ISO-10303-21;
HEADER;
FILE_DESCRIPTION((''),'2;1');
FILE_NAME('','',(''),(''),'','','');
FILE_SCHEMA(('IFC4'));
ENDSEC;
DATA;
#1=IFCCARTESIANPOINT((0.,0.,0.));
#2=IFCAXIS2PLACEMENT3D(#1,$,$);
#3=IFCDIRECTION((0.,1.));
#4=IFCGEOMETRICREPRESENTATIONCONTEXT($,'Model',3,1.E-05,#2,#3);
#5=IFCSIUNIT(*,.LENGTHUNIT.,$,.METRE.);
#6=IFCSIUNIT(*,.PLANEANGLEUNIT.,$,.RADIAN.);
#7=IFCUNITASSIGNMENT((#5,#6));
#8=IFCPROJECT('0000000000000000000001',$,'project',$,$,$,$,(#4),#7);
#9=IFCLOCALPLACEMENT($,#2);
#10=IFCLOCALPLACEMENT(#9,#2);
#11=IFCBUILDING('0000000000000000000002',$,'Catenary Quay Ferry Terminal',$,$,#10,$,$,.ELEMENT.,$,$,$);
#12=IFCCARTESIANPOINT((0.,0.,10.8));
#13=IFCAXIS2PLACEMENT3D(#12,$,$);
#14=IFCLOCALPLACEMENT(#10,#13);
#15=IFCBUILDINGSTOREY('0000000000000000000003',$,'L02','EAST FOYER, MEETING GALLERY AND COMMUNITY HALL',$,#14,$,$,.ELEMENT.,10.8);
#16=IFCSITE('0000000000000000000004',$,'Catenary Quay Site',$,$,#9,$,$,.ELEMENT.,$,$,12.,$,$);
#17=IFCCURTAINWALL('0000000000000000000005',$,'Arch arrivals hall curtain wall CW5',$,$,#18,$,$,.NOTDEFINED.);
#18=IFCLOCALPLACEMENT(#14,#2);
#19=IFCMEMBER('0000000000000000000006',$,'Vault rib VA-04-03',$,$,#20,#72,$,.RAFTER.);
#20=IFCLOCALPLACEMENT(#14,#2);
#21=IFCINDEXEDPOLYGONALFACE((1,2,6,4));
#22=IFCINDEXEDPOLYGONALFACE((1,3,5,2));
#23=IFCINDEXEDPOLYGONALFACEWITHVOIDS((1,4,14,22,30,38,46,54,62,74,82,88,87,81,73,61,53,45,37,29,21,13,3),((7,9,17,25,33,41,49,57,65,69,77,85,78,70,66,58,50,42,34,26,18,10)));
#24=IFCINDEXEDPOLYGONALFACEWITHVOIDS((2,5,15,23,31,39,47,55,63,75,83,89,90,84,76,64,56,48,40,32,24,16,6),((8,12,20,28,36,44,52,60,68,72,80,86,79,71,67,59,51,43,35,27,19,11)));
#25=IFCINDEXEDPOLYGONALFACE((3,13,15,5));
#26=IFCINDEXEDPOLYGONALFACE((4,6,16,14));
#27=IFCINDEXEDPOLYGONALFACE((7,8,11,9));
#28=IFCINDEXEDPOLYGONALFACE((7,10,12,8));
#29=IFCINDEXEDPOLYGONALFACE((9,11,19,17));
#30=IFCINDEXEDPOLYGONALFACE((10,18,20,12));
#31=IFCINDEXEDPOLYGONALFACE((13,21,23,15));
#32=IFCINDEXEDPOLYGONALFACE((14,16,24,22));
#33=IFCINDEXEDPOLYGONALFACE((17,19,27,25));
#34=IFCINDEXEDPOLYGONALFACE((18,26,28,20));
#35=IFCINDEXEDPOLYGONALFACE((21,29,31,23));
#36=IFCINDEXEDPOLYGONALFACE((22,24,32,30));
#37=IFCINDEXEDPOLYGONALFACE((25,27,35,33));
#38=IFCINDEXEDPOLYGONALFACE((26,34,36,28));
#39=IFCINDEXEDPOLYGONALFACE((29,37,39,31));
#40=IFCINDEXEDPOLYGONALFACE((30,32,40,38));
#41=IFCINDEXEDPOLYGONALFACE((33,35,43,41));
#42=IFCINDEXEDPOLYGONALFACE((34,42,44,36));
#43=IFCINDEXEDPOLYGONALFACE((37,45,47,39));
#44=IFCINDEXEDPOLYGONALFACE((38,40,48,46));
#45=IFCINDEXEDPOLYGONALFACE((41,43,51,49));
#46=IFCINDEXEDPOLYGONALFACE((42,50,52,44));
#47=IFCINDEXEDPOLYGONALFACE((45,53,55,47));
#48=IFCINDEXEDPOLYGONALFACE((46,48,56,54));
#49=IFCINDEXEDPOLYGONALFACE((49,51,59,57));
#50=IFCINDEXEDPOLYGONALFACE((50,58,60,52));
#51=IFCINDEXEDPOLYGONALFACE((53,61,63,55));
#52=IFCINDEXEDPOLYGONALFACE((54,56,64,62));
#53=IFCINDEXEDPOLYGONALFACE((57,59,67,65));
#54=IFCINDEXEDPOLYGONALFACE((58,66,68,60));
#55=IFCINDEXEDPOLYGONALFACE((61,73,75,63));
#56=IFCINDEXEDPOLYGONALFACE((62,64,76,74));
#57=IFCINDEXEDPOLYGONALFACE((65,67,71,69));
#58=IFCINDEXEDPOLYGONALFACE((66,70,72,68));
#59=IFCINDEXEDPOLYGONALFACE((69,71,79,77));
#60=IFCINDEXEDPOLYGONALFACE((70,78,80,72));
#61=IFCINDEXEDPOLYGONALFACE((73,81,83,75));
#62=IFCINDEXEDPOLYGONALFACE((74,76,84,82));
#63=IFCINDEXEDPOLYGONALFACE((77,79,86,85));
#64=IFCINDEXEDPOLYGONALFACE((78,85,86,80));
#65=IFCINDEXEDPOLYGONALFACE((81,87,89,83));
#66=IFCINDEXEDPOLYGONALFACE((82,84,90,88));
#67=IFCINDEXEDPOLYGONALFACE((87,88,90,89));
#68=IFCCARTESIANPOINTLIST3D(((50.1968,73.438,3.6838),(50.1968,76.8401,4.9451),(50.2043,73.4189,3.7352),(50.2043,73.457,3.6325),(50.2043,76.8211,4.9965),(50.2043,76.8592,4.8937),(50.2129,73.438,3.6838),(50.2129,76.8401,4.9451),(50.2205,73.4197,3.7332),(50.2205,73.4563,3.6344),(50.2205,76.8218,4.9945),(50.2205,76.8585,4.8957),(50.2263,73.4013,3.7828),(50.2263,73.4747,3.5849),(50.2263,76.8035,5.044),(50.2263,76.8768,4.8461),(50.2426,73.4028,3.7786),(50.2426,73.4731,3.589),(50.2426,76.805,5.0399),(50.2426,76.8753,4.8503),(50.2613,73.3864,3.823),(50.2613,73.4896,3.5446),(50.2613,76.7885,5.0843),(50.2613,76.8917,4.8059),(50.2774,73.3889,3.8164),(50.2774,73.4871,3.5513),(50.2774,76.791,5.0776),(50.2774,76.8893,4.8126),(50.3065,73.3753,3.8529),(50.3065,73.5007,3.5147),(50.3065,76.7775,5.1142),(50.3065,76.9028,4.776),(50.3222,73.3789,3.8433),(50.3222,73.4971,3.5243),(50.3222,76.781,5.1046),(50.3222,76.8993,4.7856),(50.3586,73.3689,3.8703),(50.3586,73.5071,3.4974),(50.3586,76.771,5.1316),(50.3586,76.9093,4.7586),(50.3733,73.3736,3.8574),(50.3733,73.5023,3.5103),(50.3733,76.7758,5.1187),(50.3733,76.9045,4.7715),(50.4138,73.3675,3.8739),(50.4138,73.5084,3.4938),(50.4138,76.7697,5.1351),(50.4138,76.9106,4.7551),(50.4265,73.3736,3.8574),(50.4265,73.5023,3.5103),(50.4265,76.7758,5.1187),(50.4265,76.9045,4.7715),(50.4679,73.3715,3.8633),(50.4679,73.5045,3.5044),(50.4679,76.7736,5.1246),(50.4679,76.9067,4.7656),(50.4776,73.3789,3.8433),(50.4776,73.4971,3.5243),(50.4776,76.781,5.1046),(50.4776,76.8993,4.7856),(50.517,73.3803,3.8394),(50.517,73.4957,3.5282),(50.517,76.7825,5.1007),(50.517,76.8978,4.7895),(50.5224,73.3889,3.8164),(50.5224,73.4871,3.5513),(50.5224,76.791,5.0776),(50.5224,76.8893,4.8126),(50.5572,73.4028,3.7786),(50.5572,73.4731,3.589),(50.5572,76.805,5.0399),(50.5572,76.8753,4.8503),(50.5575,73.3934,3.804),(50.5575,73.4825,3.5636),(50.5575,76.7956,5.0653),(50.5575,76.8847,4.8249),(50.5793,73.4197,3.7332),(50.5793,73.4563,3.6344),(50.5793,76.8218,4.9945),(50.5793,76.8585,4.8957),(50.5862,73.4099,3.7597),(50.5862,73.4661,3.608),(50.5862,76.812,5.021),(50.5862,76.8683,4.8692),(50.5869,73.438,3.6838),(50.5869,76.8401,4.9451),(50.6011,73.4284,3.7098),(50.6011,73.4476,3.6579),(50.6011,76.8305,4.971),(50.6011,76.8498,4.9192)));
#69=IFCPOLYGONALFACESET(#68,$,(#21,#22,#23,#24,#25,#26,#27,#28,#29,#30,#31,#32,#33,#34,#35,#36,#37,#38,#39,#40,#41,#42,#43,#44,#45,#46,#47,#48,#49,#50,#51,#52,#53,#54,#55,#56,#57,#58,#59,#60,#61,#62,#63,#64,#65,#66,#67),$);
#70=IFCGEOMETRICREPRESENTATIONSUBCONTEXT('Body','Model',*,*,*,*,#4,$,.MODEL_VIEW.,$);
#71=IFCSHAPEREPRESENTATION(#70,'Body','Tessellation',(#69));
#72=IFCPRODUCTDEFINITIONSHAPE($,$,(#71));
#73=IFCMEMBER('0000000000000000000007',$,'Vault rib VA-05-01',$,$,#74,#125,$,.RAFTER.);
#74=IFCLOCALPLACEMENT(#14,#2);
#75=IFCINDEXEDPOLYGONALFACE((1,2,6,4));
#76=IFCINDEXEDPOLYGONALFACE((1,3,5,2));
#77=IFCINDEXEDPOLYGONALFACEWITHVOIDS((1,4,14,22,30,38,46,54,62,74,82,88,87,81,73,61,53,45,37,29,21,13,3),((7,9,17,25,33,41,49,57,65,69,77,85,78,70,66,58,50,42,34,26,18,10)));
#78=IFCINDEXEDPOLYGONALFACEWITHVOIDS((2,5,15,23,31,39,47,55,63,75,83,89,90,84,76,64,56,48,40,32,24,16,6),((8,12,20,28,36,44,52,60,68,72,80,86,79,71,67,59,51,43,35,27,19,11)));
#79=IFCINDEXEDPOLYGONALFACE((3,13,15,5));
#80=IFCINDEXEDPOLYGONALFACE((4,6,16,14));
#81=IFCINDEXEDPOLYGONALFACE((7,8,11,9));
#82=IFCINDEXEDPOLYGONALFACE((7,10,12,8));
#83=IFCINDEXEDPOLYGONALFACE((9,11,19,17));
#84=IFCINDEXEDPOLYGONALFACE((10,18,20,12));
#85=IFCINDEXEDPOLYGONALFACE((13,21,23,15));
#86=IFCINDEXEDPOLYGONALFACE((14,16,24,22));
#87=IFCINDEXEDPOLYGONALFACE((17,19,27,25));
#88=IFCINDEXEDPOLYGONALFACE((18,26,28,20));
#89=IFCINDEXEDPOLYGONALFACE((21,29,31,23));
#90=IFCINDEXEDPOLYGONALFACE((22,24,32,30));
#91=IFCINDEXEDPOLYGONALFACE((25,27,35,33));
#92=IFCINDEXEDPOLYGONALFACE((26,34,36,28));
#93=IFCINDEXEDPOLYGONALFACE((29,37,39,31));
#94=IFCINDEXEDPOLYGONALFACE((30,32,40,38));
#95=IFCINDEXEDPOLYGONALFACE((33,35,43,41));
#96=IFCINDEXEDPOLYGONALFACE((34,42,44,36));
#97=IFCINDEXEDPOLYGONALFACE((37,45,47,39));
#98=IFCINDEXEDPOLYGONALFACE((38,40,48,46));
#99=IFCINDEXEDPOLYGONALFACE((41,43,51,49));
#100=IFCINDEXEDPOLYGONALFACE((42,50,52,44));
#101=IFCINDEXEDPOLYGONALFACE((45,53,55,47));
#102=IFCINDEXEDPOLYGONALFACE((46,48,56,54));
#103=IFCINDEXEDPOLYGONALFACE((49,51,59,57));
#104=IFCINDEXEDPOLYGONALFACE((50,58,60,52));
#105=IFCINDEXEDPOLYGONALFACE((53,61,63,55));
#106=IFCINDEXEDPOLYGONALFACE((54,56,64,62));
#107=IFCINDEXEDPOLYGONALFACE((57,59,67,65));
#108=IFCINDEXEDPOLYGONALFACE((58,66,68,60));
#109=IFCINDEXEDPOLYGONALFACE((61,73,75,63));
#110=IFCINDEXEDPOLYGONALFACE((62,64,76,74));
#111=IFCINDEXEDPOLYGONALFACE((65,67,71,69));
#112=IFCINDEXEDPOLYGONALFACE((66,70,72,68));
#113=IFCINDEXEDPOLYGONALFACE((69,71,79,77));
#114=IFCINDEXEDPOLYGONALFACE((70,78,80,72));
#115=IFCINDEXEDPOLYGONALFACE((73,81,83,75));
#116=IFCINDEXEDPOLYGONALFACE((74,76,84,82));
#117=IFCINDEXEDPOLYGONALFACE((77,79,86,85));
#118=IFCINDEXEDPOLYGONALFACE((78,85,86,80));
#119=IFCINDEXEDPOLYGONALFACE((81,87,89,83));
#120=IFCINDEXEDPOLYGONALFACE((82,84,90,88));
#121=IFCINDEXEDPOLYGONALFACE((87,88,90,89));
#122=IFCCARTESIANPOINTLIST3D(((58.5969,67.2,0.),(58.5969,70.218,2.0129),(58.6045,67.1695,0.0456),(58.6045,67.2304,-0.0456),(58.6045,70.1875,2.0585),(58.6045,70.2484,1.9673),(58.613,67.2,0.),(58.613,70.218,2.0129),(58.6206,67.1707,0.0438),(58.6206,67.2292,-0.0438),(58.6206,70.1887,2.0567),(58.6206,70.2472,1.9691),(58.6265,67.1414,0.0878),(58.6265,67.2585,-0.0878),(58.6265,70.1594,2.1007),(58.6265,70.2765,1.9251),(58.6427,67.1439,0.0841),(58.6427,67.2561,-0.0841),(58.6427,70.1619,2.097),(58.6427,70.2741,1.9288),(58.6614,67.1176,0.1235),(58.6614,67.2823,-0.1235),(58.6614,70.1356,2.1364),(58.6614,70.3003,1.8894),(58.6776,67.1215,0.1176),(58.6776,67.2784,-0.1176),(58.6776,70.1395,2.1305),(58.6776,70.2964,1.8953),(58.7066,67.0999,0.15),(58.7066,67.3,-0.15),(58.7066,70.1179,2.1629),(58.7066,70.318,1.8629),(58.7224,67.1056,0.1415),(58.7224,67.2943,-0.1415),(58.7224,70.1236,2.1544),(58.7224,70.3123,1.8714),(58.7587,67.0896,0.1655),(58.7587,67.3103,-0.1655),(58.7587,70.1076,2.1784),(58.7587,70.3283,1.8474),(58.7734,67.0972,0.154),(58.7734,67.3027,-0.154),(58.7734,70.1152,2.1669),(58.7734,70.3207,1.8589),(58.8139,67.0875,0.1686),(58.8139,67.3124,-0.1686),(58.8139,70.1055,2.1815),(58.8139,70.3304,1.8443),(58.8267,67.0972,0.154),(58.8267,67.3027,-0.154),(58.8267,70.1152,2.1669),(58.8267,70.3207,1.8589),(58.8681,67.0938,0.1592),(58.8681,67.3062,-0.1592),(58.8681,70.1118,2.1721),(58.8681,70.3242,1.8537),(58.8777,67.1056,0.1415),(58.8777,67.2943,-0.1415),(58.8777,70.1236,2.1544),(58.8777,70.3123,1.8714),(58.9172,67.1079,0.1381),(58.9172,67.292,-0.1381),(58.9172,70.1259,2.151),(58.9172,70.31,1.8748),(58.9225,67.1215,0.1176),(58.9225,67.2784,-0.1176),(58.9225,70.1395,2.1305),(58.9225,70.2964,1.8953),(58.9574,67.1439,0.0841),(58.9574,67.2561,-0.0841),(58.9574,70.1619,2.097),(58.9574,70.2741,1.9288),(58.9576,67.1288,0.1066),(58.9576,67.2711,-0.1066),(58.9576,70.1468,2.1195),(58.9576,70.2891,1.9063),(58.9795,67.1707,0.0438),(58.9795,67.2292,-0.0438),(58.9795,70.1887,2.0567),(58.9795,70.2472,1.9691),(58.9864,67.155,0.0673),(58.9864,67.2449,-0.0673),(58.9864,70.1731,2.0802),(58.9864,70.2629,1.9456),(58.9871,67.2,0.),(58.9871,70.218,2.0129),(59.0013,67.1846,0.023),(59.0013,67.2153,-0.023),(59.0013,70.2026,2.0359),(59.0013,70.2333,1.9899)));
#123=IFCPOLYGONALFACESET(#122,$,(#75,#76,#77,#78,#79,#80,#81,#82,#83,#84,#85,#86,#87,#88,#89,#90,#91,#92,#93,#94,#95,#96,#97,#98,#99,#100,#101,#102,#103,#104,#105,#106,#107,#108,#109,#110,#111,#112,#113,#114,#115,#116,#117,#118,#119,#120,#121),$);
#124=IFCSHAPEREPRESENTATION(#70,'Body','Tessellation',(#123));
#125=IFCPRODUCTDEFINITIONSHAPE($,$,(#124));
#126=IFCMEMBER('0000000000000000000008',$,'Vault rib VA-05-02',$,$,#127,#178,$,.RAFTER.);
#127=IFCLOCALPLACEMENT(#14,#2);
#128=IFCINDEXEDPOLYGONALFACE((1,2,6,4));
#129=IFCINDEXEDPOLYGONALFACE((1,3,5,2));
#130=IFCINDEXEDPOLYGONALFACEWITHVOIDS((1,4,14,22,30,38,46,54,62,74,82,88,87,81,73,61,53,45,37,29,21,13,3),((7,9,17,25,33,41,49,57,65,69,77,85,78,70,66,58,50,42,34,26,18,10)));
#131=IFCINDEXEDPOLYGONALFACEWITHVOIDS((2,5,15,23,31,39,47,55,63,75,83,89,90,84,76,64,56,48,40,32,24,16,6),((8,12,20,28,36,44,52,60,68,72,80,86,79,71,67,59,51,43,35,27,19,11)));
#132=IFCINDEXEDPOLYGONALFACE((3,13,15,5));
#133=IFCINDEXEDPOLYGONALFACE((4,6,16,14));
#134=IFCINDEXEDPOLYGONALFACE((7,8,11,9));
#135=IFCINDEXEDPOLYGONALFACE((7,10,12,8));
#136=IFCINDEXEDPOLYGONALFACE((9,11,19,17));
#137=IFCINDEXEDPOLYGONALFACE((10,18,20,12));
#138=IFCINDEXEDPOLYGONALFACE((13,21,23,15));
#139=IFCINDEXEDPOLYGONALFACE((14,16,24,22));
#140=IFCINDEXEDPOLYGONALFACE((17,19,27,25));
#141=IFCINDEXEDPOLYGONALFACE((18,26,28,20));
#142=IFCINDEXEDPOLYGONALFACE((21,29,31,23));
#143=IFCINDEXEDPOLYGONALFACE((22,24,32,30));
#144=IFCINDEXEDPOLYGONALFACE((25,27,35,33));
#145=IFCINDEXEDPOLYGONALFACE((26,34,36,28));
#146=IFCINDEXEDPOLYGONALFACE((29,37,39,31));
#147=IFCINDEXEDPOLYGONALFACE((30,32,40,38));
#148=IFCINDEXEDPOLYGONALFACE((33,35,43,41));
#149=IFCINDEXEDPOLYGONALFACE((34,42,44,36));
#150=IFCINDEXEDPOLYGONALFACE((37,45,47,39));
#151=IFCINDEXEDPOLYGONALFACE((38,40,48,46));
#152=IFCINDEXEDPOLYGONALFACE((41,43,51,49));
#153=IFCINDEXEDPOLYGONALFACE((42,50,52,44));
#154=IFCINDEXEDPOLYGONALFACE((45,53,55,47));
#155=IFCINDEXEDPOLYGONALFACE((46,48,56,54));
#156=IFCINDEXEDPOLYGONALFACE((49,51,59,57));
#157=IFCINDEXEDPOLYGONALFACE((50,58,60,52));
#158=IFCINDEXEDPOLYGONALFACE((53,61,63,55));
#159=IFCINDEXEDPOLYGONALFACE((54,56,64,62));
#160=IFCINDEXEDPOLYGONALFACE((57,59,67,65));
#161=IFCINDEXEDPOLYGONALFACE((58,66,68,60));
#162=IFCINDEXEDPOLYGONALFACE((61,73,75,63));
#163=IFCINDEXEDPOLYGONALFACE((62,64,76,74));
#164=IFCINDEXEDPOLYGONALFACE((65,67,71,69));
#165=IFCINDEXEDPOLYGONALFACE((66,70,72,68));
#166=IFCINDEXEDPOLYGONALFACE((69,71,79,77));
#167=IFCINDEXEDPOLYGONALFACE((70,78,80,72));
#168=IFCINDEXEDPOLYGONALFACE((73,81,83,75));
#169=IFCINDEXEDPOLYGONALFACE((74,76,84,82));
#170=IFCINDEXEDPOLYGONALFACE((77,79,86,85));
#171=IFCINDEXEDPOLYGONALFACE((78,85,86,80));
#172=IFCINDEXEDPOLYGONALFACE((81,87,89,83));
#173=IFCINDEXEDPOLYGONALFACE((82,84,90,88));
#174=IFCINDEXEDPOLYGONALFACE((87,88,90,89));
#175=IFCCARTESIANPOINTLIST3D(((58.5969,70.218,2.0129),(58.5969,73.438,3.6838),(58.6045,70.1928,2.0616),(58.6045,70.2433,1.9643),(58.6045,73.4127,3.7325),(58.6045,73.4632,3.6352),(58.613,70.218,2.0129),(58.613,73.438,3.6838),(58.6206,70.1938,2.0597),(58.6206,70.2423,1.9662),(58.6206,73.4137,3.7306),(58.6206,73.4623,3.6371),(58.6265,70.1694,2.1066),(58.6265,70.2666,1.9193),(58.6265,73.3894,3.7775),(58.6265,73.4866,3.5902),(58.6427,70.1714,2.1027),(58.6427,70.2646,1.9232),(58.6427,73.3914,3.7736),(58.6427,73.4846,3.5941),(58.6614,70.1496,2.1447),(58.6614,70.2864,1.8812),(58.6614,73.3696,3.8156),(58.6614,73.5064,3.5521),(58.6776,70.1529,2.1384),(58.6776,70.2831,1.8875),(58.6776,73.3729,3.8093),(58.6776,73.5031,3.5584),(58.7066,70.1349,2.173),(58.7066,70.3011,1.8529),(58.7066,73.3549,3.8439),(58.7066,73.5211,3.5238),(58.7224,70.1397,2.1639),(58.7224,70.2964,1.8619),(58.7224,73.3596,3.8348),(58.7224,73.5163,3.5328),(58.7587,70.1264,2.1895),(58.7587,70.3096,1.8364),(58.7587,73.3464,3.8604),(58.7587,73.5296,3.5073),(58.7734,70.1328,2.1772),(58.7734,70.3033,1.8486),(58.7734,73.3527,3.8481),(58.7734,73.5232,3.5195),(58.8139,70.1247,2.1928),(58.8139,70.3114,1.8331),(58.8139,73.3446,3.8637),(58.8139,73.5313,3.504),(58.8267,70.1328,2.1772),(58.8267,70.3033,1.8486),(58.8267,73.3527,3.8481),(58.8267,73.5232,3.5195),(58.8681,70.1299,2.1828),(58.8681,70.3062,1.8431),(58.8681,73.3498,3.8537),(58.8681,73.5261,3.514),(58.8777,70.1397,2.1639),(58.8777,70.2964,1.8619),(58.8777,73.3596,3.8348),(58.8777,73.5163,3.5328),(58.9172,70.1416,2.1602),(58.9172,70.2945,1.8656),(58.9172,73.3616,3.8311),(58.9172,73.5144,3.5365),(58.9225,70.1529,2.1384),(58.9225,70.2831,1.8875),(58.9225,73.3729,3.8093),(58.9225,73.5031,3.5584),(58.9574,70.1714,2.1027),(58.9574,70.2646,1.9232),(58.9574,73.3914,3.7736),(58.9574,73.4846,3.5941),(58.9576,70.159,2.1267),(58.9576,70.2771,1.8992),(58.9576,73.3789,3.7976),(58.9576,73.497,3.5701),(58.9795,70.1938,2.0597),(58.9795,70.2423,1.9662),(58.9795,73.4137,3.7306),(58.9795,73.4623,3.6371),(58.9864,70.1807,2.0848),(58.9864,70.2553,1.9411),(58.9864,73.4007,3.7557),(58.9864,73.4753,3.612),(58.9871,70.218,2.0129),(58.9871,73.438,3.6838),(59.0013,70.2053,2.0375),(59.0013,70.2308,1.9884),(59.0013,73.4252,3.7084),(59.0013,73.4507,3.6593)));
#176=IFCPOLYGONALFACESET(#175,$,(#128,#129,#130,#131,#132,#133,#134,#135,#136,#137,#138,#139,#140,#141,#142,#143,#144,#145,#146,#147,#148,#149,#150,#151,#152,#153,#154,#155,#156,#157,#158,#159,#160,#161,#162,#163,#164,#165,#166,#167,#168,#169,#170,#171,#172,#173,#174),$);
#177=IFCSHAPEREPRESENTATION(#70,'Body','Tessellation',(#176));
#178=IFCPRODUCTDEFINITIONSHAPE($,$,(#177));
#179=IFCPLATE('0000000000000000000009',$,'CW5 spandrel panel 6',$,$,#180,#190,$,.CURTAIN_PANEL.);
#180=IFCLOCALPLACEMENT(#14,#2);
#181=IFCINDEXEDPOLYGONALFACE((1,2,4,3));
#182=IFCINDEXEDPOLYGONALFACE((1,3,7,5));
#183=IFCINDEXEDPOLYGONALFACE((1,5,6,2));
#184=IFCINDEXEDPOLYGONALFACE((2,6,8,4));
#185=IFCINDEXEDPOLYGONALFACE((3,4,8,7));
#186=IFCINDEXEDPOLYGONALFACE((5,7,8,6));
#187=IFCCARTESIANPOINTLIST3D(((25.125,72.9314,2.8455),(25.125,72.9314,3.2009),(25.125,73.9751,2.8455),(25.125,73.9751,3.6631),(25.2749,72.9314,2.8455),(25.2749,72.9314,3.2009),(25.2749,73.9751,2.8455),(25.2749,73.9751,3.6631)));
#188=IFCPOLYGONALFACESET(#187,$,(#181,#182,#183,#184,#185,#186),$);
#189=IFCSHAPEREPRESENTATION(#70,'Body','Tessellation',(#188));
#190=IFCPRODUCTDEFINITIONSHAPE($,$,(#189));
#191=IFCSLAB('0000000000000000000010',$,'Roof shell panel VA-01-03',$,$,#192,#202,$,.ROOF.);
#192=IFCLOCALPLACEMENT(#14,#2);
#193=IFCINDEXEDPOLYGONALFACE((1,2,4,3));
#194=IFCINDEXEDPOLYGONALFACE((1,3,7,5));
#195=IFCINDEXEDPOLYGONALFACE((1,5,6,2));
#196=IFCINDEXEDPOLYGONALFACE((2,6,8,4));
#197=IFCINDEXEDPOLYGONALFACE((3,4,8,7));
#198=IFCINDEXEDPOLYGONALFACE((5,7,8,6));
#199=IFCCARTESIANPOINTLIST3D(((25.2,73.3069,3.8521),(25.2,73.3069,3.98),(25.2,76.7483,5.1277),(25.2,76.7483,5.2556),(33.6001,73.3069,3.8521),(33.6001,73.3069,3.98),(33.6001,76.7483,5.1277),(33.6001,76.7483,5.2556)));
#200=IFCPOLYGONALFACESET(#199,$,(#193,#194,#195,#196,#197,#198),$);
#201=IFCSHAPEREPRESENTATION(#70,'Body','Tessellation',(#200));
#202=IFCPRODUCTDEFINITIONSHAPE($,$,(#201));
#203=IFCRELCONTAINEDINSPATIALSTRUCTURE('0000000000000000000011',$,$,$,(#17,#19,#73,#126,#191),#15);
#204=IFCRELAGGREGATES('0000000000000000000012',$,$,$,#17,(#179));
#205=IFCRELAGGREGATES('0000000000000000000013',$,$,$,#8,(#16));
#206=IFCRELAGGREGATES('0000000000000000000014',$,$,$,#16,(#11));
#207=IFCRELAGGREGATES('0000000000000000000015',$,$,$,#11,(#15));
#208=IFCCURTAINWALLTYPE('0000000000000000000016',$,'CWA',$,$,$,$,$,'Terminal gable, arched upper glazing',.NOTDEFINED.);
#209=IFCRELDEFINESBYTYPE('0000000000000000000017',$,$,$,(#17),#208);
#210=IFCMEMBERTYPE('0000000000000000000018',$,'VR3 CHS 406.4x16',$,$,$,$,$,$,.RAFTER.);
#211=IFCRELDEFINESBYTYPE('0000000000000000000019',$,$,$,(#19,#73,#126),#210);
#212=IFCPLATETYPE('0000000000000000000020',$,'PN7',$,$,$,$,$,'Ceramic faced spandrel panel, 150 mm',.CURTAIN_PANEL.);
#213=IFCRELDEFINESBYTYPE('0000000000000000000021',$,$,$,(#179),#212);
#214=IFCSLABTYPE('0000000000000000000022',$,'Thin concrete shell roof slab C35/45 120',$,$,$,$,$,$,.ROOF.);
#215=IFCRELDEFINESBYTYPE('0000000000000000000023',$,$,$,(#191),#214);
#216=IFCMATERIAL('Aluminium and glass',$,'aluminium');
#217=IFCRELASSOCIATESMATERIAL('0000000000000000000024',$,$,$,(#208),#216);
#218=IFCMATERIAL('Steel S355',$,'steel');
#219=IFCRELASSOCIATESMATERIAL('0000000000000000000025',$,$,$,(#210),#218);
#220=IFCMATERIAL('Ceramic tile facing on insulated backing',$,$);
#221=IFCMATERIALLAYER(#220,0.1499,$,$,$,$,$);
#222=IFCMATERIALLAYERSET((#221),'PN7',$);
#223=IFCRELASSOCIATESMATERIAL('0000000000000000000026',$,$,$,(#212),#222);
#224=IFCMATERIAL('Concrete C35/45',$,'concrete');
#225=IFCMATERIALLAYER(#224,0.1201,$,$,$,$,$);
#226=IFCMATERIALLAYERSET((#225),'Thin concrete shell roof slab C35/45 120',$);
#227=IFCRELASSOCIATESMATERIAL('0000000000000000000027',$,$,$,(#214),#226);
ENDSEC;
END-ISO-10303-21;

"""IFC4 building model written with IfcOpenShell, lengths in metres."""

from ifc_helpers import new_model, si_unit, direction, frame, origin, origin_2d, place, context, subcontext, project, spatial, polyline, hollow_circle, outline, extrude, material, layer, layer_set, material_profile, profile_set, type_object, element, aggregate, save


model = new_model("IFC4")

# Units and contexts
model_context = context("Model", 3, precision=1e-05, world=origin(), true_north=direction((0.0, 1.0)))
body_context = subcontext(model_context, "Body", "Model", "MODEL_VIEW")
ifc_project = project(units=[si_unit("LENGTHUNIT", "METRE"), si_unit("PLANEANGLEUNIT", "RADIAN")], contexts=[model_context])

# Site, building, storey
site_placement = place(None, origin())
site = spatial("IfcSite", under=ifc_project, at=site_placement, Name="Catenary Quay Site", CompositionType="ELEMENT", RefElevation=12.0)
building_placement = place(site_placement, origin())
building = spatial("IfcBuilding", under=site, at=building_placement, Name="Catenary Quay Ferry Terminal", CompositionType="ELEMENT")
storey_placement = place(building_placement, frame((0.0, 0.0, 10.8)))
storey = spatial("IfcBuildingStorey", under=building, at=storey_placement, Name="L02", Description="EAST FOYER, MEETING GALLERY AND COMMUNITY HALL", CompositionType="ELEMENT", Elevation=10.8)

# Curtain wall
ifc_material_1 = material(Name="Aluminium and glass", Category="aluminium")
curtain_wall_type = type_object("IfcCurtainWallType", Name="CWA", ElementType="Terminal gable, arched upper glazing", PredefinedType="NOTDEFINED", material=ifc_material_1)
curtain_wall_placement = place(storey_placement, origin())
curtain_wall = element("IfcCurtainWall", 1, at=curtain_wall_placement, inside=storey, type_object=curtain_wall_type, Name="Arch arrivals hall curtain wall CW5", PredefinedType="NOTDEFINED")

# Members
ifc_material_2 = material(Name="Steel S355", Category="steel")
ifc_material_profile_1 = material_profile(ifc_material_2, hollow_circle(Radius=0.2031, WallThickness=0.0161, at=origin_2d()), Name="CHS 406.4x16")
ifc_profile_set_1 = profile_set([ifc_material_profile_1], Name="Steel S355")
member_type_1 = type_object("IfcMemberType", Name="VR3 CHS 406.4x16", PredefinedType="RAFTER", material=ifc_profile_set_1)
member_1_placement = place(storey_placement, frame((50.3999, 73.438, 3.6838), z_axis=(0.0, 0.937642, 0.347604), x_axis=(-1.0, 0.0, 0.0)))
element("IfcMember", 2, at=member_1_placement, inside=storey, type_object=member_type_1, Name="Vault rib VA-04-03", PredefinedType="RAFTER", context=body_context, shape_type="SweptSolid", body=[
    extrude(hollow_circle(Radius=0.2031, WallThickness=0.0161, at=origin_2d()), origin(), (0.0, 0.0, 1.0), 3.6284),
])
for number, where, z_axis, x_axis, name in (
    (3, (58.8, 67.2, 0.0), (0.0, 0.831936, 0.554871), (-1.0, 0.0, 0.0), "Vault rib VA-05-01"),
    (4, (58.8, 70.218, 2.0129), (0.0, 0.88761, 0.460596), (-1.0, 0.0, 0.0), "Vault rib VA-05-02"),
):
    element("IfcMember", number, at=place(storey_placement, frame(where, z_axis=z_axis, x_axis=x_axis)), inside=storey, type_object=member_type_1, Name=name, PredefinedType="RAFTER", context=body_context, shape_type="SweptSolid", body=[
        extrude(hollow_circle(Radius=0.2031, WallThickness=0.0161, at=origin_2d()), origin(), (0.0, 0.0, 1.0), 3.6277),
    ])

# Plate
ifc_material_3 = material(Name="Ceramic tile facing on insulated backing")
ifc_layer_1 = layer(ifc_material_3, 0.1499)
ifc_layer_set_1 = layer_set([ifc_layer_1], Name="PN7")
plate_type = type_object("IfcPlateType", Name="PN7", ElementType="Ceramic faced spandrel panel, 150 mm", PredefinedType="CURTAIN_PANEL", material=ifc_layer_set_1)
plate_placement = place(storey_placement, frame((25.2, 72.9314, 2.8455), z_axis=(0.0, 0.0, 1.0), x_axis=(0.0, 1.0, 0.0)))
plate = element("IfcPlate", 5, at=plate_placement, type_object=plate_type, Name="CW5 spandrel panel 6", PredefinedType="CURTAIN_PANEL", context=body_context, shape_type="SweptSolid", body=[
    extrude(outline(polyline([(0.0, 0.0), (1.0437, 0.0), (1.0437, 0.8176), (0.0, 0.3555), (0.0, 0.0)])), frame((0.0, 0.075, 0.0), z_axis=(0.0, -1.0, 0.0), x_axis=(1.0, 0.0, 0.0)), (0.0, 0.0, 1.0), 0.1499),
])
aggregate(curtain_wall, [plate])

# Slab
ifc_material_4 = material(Name="Concrete C35/45", Category="concrete")
ifc_layer_2 = layer(ifc_material_4, 0.1201)
ifc_layer_set_2 = layer_set([ifc_layer_2], Name="Thin concrete shell roof slab C35/45 120")
slab_type = type_object("IfcSlabType", Name="Thin concrete shell roof slab C35/45 120", PredefinedType="ROOF", material=ifc_layer_set_2)
slab_1_placement = place(storey_placement, frame((25.2, 73.3069, 3.98), z_axis=(0.0, -0.347563, 0.937656), x_axis=(1.0, 0.0, 0.0)))
element("IfcSlab", 6, at=slab_1_placement, inside=storey, type_object=slab_type, Name="Roof shell panel VA-01-03", PredefinedType="ROOF", context=body_context, shape_type="SweptSolid", body=[
    extrude(outline(polyline([(0.0, 0.0), (8.4001, 0.0), (8.4001, 3.6702), (0.0, 3.6702), (0.0, 0.0)])), origin(), (0.0, -0.347563, -0.937656), 0.1279),
])

save(model, "model.ifc")
